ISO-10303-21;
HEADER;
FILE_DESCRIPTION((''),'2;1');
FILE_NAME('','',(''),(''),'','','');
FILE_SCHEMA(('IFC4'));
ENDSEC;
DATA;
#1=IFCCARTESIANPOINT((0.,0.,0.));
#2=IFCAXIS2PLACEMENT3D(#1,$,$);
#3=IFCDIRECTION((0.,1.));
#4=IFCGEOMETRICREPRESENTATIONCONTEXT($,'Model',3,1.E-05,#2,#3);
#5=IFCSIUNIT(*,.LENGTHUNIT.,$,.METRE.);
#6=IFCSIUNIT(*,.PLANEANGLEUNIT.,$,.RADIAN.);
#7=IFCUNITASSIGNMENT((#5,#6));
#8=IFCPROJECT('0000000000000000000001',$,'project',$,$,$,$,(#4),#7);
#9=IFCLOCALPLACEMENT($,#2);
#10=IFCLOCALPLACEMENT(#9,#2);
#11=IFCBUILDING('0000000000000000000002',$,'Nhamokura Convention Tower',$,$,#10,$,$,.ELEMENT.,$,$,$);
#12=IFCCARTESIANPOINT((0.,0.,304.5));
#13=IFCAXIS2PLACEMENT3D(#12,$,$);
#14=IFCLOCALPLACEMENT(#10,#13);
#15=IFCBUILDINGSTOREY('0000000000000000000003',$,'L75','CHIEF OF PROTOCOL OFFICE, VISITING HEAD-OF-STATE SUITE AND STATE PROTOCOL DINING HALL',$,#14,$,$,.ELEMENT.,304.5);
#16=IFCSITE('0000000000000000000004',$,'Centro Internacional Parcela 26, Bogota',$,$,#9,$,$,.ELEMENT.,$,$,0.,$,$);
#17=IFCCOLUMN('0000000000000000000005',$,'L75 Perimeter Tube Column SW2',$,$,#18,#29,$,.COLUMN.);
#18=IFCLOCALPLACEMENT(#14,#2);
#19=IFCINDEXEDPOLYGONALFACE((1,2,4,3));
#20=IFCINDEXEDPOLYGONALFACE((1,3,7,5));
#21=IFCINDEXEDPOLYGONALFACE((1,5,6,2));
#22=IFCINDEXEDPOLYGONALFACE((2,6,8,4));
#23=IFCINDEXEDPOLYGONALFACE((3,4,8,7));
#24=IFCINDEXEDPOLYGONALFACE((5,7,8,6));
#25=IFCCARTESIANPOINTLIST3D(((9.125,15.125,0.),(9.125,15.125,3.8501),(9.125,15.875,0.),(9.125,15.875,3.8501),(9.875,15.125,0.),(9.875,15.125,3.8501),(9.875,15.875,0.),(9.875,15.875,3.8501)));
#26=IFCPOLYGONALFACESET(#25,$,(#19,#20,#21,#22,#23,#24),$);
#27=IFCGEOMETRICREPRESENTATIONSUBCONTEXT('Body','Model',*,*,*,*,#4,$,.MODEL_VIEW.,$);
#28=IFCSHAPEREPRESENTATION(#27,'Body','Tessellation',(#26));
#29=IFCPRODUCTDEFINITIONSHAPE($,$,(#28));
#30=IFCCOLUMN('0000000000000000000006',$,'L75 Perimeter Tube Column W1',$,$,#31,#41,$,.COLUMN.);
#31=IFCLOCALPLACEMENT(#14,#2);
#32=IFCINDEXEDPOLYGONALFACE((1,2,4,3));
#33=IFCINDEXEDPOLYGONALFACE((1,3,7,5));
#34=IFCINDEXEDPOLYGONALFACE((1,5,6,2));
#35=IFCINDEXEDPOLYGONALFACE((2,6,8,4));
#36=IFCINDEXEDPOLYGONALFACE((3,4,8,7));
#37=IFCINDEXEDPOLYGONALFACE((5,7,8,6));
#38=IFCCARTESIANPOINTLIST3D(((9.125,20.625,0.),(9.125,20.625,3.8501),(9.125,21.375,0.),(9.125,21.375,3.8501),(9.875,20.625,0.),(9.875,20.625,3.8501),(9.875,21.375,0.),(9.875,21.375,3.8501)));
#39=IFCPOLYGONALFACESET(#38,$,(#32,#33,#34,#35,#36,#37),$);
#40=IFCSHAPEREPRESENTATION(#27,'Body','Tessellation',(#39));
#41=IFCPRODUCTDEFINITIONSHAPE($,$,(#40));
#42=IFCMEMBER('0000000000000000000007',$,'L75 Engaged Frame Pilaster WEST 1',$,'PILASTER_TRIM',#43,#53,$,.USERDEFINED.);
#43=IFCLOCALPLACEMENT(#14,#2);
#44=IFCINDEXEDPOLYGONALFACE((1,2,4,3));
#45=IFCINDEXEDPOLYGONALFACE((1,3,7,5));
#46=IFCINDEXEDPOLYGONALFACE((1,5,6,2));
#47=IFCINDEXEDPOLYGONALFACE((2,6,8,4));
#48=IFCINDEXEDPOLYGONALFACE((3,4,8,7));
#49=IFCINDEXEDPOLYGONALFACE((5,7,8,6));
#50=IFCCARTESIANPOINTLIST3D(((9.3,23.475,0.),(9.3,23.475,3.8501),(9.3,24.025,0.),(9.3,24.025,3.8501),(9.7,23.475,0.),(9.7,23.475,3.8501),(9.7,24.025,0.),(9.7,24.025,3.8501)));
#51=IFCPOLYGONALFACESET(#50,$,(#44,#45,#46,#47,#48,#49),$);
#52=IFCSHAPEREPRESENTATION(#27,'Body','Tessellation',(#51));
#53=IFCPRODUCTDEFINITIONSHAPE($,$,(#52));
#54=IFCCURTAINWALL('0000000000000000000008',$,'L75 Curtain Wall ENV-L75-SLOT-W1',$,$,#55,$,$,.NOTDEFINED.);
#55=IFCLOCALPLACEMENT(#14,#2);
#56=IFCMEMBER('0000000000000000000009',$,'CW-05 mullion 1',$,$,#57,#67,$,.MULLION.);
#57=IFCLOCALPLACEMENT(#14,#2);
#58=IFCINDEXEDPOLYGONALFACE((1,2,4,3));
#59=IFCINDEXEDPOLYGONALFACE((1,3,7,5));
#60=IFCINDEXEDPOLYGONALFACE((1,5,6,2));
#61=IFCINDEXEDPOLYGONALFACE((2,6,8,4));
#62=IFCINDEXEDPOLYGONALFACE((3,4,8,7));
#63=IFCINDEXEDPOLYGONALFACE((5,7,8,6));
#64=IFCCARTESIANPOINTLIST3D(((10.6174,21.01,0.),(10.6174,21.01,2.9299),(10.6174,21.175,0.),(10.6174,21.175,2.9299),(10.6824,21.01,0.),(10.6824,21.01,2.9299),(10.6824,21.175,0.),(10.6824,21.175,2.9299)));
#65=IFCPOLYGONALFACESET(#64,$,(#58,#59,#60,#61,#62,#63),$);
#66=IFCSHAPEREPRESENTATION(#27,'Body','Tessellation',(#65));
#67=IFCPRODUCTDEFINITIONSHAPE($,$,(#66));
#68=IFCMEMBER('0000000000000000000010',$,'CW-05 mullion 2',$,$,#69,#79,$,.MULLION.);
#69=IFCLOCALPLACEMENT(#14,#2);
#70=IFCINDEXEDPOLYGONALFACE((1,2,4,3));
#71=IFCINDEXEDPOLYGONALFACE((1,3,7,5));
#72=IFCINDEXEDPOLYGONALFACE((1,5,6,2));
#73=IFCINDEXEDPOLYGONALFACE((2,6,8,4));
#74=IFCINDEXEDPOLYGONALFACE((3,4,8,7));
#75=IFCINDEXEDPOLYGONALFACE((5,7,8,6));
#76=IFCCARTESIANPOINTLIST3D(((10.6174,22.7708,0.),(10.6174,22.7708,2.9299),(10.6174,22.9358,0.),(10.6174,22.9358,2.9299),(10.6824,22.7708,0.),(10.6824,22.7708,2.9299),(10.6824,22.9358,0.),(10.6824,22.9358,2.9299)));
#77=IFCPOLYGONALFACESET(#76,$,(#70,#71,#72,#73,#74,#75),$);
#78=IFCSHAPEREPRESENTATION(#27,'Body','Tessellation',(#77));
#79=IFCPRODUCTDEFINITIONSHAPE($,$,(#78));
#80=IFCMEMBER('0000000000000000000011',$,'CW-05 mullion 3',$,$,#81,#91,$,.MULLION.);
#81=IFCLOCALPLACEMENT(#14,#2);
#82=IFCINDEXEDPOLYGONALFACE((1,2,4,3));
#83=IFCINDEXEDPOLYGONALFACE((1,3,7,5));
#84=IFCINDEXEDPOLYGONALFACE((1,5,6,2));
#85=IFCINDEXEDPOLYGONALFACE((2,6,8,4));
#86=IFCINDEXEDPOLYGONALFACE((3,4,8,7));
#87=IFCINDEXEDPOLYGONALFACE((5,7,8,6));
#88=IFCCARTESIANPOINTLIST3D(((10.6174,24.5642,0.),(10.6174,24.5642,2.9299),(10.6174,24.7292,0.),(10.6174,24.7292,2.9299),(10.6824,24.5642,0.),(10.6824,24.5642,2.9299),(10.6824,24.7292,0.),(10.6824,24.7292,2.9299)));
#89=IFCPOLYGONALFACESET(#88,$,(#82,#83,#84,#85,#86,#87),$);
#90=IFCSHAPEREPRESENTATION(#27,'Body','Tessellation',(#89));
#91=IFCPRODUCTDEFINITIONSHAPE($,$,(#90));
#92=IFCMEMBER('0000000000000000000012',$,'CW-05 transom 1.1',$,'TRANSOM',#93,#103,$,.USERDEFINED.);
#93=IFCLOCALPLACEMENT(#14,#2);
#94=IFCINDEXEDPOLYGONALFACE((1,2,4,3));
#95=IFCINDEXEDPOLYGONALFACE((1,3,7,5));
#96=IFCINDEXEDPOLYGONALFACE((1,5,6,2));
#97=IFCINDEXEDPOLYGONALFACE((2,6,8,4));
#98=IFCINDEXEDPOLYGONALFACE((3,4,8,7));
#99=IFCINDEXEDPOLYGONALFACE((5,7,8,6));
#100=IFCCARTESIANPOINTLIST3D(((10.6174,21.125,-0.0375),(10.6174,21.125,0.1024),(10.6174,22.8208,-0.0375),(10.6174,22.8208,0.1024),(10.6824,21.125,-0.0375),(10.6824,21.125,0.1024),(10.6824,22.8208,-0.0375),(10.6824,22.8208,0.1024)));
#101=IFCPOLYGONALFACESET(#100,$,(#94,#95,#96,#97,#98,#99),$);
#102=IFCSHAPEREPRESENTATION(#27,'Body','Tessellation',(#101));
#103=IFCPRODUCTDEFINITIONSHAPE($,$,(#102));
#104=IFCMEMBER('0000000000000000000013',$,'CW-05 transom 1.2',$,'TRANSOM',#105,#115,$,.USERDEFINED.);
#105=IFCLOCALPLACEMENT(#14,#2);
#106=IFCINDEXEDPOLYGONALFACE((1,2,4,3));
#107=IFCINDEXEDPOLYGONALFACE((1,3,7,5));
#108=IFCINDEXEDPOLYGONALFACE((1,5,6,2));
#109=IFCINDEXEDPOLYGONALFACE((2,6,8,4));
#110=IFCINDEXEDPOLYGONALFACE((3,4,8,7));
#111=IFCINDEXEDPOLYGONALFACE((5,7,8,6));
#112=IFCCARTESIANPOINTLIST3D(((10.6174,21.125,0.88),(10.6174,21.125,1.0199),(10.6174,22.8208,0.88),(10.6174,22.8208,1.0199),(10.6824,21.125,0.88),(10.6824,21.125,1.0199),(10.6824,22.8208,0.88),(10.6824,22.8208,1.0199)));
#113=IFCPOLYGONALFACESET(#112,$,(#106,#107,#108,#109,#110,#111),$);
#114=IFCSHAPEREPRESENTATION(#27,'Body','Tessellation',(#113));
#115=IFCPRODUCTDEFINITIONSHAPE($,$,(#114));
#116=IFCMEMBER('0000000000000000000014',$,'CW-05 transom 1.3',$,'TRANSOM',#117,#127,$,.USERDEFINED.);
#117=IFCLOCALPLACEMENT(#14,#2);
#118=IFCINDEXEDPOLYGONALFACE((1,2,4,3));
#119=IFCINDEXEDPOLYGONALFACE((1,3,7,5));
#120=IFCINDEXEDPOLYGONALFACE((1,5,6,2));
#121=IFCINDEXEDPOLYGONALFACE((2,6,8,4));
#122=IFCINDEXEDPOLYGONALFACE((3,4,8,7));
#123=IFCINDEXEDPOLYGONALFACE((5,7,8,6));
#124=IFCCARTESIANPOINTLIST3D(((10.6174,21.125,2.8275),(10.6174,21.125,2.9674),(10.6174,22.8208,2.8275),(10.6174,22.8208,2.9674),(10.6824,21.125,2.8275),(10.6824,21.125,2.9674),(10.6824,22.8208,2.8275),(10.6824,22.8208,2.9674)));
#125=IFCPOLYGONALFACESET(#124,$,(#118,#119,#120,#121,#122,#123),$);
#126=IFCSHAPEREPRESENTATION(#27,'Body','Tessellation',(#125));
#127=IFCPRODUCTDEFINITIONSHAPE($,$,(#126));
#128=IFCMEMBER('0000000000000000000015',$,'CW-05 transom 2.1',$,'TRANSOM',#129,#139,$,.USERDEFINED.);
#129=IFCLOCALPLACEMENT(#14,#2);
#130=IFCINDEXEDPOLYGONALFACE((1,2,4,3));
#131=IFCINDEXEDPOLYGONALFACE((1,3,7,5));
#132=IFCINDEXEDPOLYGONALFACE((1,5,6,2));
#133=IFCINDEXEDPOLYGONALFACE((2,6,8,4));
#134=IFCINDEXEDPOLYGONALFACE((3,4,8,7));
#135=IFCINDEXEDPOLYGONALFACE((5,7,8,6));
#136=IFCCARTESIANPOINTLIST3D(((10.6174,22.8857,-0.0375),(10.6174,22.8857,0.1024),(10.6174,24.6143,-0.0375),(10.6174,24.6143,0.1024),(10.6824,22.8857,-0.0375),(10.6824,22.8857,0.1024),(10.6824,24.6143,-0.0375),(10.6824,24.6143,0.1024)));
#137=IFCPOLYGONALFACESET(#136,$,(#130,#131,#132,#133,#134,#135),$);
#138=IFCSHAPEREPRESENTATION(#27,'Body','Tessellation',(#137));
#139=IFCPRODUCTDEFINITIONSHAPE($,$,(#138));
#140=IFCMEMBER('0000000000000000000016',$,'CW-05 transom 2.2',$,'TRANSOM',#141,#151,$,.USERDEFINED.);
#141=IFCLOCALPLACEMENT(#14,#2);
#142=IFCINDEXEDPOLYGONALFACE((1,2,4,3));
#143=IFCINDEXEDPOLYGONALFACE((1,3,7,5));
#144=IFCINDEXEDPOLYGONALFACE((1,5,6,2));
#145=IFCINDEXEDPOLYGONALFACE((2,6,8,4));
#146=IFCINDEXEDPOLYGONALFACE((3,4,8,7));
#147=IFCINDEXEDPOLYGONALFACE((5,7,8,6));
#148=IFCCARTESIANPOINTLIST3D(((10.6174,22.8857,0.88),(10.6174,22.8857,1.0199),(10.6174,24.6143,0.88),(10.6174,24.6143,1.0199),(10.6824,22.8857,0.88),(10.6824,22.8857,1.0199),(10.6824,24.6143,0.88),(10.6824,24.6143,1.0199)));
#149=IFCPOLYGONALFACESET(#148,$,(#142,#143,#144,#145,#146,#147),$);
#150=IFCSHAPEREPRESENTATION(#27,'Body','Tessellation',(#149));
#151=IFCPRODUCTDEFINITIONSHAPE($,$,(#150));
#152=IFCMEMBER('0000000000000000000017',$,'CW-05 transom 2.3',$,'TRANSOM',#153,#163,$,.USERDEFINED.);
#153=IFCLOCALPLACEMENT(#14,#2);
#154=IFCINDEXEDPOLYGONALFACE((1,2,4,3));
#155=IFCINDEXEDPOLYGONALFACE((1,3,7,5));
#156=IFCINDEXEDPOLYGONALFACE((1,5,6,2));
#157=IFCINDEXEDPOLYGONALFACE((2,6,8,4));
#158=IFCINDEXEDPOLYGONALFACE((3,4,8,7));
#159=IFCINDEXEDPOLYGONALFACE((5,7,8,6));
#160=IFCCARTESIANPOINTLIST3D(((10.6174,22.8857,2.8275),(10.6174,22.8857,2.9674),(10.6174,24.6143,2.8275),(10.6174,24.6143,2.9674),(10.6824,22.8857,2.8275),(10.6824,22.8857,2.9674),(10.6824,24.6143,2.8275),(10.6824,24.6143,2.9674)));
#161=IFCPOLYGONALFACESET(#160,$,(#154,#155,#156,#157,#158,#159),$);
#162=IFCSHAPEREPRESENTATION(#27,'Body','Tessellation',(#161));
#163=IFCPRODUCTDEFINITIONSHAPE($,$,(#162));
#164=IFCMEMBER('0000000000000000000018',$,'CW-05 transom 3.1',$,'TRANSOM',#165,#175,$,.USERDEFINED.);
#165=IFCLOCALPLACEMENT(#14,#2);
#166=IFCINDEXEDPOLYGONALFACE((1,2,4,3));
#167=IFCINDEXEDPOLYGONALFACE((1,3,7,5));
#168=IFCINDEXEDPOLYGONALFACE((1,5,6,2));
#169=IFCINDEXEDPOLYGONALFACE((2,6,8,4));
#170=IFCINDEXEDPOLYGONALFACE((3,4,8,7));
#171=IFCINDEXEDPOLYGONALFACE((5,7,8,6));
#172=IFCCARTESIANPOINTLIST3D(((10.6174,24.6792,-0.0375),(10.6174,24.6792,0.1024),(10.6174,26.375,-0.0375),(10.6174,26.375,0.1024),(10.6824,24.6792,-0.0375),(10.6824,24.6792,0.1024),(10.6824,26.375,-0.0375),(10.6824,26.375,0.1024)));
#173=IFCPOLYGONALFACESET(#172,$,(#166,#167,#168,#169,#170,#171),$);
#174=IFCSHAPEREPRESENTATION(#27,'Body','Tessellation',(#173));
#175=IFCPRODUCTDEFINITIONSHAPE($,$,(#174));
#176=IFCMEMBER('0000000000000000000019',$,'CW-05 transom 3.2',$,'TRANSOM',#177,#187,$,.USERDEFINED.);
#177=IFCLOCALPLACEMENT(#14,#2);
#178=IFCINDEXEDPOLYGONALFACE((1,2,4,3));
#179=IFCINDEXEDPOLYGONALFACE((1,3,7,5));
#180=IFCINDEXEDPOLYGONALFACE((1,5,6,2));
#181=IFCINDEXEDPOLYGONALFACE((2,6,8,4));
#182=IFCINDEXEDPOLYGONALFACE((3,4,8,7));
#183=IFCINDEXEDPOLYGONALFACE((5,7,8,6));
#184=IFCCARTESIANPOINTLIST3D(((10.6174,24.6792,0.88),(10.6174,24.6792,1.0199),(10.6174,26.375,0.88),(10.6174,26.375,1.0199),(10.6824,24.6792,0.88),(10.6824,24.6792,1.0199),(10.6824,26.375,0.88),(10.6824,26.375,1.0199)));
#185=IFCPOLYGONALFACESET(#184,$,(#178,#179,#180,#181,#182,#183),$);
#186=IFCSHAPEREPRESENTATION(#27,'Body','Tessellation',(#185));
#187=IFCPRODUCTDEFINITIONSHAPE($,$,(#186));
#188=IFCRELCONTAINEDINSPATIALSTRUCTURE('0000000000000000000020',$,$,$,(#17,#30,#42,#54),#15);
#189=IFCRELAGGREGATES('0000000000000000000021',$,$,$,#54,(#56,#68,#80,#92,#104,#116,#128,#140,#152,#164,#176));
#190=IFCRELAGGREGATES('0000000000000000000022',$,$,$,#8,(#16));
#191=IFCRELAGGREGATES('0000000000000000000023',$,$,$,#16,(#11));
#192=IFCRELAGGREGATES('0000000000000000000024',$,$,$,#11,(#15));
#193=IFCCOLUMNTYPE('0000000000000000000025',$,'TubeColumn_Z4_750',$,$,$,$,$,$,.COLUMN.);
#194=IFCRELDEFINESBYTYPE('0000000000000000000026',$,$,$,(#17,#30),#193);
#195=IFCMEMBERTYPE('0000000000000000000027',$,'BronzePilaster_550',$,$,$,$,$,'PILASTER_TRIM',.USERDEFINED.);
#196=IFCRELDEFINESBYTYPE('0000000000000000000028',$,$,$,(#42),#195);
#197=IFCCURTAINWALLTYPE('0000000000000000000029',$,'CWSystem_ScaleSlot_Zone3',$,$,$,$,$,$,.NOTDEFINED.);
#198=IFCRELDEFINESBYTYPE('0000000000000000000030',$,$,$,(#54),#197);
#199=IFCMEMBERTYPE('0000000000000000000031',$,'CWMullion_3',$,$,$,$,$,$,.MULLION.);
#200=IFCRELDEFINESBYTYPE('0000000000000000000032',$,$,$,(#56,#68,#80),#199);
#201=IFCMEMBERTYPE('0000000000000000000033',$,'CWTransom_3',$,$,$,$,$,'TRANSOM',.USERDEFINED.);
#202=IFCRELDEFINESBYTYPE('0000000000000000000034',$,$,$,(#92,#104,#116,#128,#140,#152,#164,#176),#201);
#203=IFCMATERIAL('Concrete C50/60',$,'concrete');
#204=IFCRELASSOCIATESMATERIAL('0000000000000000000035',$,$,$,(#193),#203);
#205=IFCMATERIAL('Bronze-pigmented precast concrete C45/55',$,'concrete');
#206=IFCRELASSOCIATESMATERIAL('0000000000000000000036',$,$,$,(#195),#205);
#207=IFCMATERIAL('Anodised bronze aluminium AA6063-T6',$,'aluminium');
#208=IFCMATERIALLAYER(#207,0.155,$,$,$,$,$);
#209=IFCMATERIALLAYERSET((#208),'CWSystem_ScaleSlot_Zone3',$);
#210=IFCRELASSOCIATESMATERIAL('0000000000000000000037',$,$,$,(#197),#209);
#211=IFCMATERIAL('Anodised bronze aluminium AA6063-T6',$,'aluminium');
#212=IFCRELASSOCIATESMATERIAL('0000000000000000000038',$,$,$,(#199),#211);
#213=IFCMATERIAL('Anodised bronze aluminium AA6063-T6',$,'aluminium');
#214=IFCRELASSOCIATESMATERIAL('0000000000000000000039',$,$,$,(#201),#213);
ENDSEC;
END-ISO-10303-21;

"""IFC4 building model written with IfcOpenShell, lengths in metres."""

from ifc_helpers import new_model, si_unit, direction, frame, origin, origin_2d, place, context, subcontext, project, spatial, rectangle, extrude, material, layer, layer_set, material_profile, profile_set, type_object, element, aggregate, save


model = new_model("IFC4")

# Units and contexts
model_context = context("Model", 3, precision=1e-05, world=origin(), true_north=direction((0.0, 1.0)))
body_context = subcontext(model_context, "Body", "Model", "MODEL_VIEW")
ifc_project = project(units=[si_unit("LENGTHUNIT", "METRE"), si_unit("PLANEANGLEUNIT", "RADIAN")], contexts=[model_context])

# Site, building, storey
site_placement = place(None, origin())
site = spatial("IfcSite", under=ifc_project, at=site_placement, Name="Centro Internacional Parcela 26, Bogota", CompositionType="ELEMENT", RefElevation=0.0)
building_placement = place(site_placement, origin())
building = spatial("IfcBuilding", under=site, at=building_placement, Name="Nhamokura Convention Tower", CompositionType="ELEMENT")
storey_placement = place(building_placement, frame((0.0, 0.0, 304.5)))
storey = spatial("IfcBuildingStorey", under=building, at=storey_placement, Name="L75", Description="CHIEF OF PROTOCOL OFFICE, VISITING HEAD-OF-STATE SUITE AND STATE PROTOCOL DINING HALL", CompositionType="ELEMENT", Elevation=304.5)

# Columns
ifc_material_1 = material(Name="Concrete C50/60", Category="concrete")
ifc_material_profile_1 = material_profile(ifc_material_1, rectangle(XDim=0.75, YDim=0.75, at=origin_2d()))
ifc_profile_set_1 = profile_set([ifc_material_profile_1], Name="Concrete C50/60")
column_type = type_object("IfcColumnType", Name="TubeColumn_Z4_750", PredefinedType="COLUMN", material=ifc_profile_set_1)
for number, where, z_axis, x_axis, name in (
    (1, (9.5, 15.5, 0.0), (0.0, 0.0, 1.0), (1.0, 0.0, 0.0), "L75 Perimeter Tube Column SW2"),
    (2, (9.5, 21.0, 0.0), (0.0, 0.0, 1.0), (1.0, 0.0, 0.0), "L75 Perimeter Tube Column W1"),
):
    element("IfcColumn", number, at=place(storey_placement, frame(where, z_axis=z_axis, x_axis=x_axis)), inside=storey, type_object=column_type, Name=name, PredefinedType="COLUMN", context=body_context, shape_type="SweptSolid", body=[
        extrude(rectangle(XDim=0.75, YDim=0.75, at=origin_2d()), origin(), (0.0, 0.0, 1.0), 3.8501),
    ])

# Member
ifc_material_2 = material(Name="Bronze-pigmented precast concrete C45/55", Category="concrete")
ifc_material_profile_2 = material_profile(ifc_material_2, rectangle(XDim=0.3999, YDim=0.55, at=origin_2d()))
ifc_profile_set_2 = profile_set([ifc_material_profile_2], Name="Bronze-pigmented precast concrete C45/55")
member_type_1 = type_object("IfcMemberType", Name="BronzePilaster_550", ElementType="PILASTER_TRIM", PredefinedType="USERDEFINED", material=ifc_profile_set_2)
member_1_placement = place(storey_placement, frame((9.5, 23.75, 0.0), z_axis=(0.0, 0.0, 1.0), x_axis=(1.0, 0.0, 0.0)))
element("IfcMember", 3, at=member_1_placement, inside=storey, type_object=member_type_1, Name="L75 Engaged Frame Pilaster WEST 1", ObjectType="PILASTER_TRIM", PredefinedType="USERDEFINED", context=body_context, shape_type="SweptSolid", body=[
    extrude(rectangle(XDim=0.3999, YDim=0.55, at=origin_2d()), origin(), (0.0, 0.0, 1.0), 3.8501),
])

# Curtain wall, members
ifc_material_3 = material(Name="Anodised bronze aluminium AA6063-T6", Category="aluminium")
ifc_layer_1 = layer(ifc_material_3, 0.155)
ifc_layer_set_1 = layer_set([ifc_layer_1], Name="CWSystem_ScaleSlot_Zone3")
curtain_wall_type = type_object("IfcCurtainWallType", Name="CWSystem_ScaleSlot_Zone3", PredefinedType="NOTDEFINED", material=ifc_layer_set_1)
curtain_wall_placement = place(storey_placement, origin())
curtain_wall = element("IfcCurtainWall", 4, at=curtain_wall_placement, inside=storey, type_object=curtain_wall_type, Name="L75 Curtain Wall ENV-L75-SLOT-W1", PredefinedType="NOTDEFINED")
ifc_material_4 = material(Name="Anodised bronze aluminium AA6063-T6", Category="aluminium")
ifc_material_profile_3 = material_profile(ifc_material_4, rectangle(XDim=0.0649, YDim=0.165, at=origin_2d()))
ifc_profile_set_3 = profile_set([ifc_material_profile_3], Name="Anodised bronze aluminium AA6063-T6")
member_type_2 = type_object("IfcMemberType", Name="CWMullion_3", PredefinedType="MULLION", material=ifc_profile_set_3)
member_2_placement = place(storey_placement, frame((10.6499, 21.0925, 0.0), z_axis=(0.0, 0.0, 1.0), x_axis=(-1.0, 0.0, 0.0)))
member_2 = element("IfcMember", 5, at=member_2_placement, type_object=member_type_2, Name="CW-05 mullion 1", PredefinedType="MULLION", context=body_context, shape_type="SweptSolid", body=[
    extrude(rectangle(XDim=0.0649, YDim=0.165, at=origin_2d()), origin(), (0.0, 0.0, 1.0), 2.9299),
])
member_3_placement = place(storey_placement, frame((10.6499, 22.8533, 0.0), z_axis=(0.0, 0.0, 1.0), x_axis=(-1.0, 0.0, 0.0)))
member_3 = element("IfcMember", 6, at=member_3_placement, type_object=member_type_2, Name="CW-05 mullion 2", PredefinedType="MULLION", context=body_context, shape_type="SweptSolid", body=[
    extrude(rectangle(XDim=0.0649, YDim=0.165, at=origin_2d()), origin(), (0.0, 0.0, 1.0), 2.9299),
])
member_4_placement = place(storey_placement, frame((10.6499, 24.6467, 0.0), z_axis=(0.0, 0.0, 1.0), x_axis=(-1.0, 0.0, 0.0)))
member_4 = element("IfcMember", 7, at=member_4_placement, type_object=member_type_2, Name="CW-05 mullion 3", PredefinedType="MULLION", context=body_context, shape_type="SweptSolid", body=[
    extrude(rectangle(XDim=0.0649, YDim=0.165, at=origin_2d()), origin(), (0.0, 0.0, 1.0), 2.9299),
])
ifc_material_5 = material(Name="Anodised bronze aluminium AA6063-T6", Category="aluminium")
ifc_material_profile_4 = material_profile(ifc_material_5, rectangle(XDim=0.0649, YDim=0.1399, at=origin_2d()))
ifc_profile_set_4 = profile_set([ifc_material_profile_4], Name="Anodised bronze aluminium AA6063-T6")
member_type_3 = type_object("IfcMemberType", Name="CWTransom_3", ElementType="TRANSOM", PredefinedType="USERDEFINED", material=ifc_profile_set_4)
member_5_placement = place(storey_placement, frame((10.6499, 21.125, 0.0325), z_axis=(0.0, 1.0, 0.0), x_axis=(-1.0, 0.0, 0.0)))
member_5 = element("IfcMember", 8, at=member_5_placement, type_object=member_type_3, Name="CW-05 transom 1.1", ObjectType="TRANSOM", PredefinedType="USERDEFINED", context=body_context, shape_type="SweptSolid", body=[
    extrude(rectangle(XDim=0.0649, YDim=0.1399, at=origin_2d()), origin(), (0.0, 0.0, 1.0), 1.6958),
])
member_6_placement = place(storey_placement, frame((10.6499, 21.125, 0.95), z_axis=(0.0, 1.0, 0.0), x_axis=(-1.0, 0.0, 0.0)))
member_6 = element("IfcMember", 9, at=member_6_placement, type_object=member_type_3, Name="CW-05 transom 1.2", ObjectType="TRANSOM", PredefinedType="USERDEFINED", context=body_context, shape_type="SweptSolid", body=[
    extrude(rectangle(XDim=0.0649, YDim=0.1399, at=origin_2d()), origin(), (0.0, 0.0, 1.0), 1.6958),
])
member_7_placement = place(storey_placement, frame((10.6499, 21.125, 2.8975), z_axis=(0.0, 1.0, 0.0), x_axis=(-1.0, 0.0, 0.0)))
member_7 = element("IfcMember", 10, at=member_7_placement, type_object=member_type_3, Name="CW-05 transom 1.3", ObjectType="TRANSOM", PredefinedType="USERDEFINED", context=body_context, shape_type="SweptSolid", body=[
    extrude(rectangle(XDim=0.0649, YDim=0.1399, at=origin_2d()), origin(), (0.0, 0.0, 1.0), 1.6958),
])
member_8_placement = place(storey_placement, frame((10.6499, 22.8857, 0.0325), z_axis=(0.0, 1.0, 0.0), x_axis=(-1.0, 0.0, 0.0)))
member_8 = element("IfcMember", 11, at=member_8_placement, type_object=member_type_3, Name="CW-05 transom 2.1", ObjectType="TRANSOM", PredefinedType="USERDEFINED", context=body_context, shape_type="SweptSolid", body=[
    extrude(rectangle(XDim=0.0649, YDim=0.1399, at=origin_2d()), origin(), (0.0, 0.0, 1.0), 1.7285),
])
member_9_placement = place(storey_placement, frame((10.6499, 22.8857, 0.95), z_axis=(0.0, 1.0, 0.0), x_axis=(-1.0, 0.0, 0.0)))
member_9 = element("IfcMember", 12, at=member_9_placement, type_object=member_type_3, Name="CW-05 transom 2.2", ObjectType="TRANSOM", PredefinedType="USERDEFINED", context=body_context, shape_type="SweptSolid", body=[
    extrude(rectangle(XDim=0.0649, YDim=0.1399, at=origin_2d()), origin(), (0.0, 0.0, 1.0), 1.7285),
])
member_10_placement = place(storey_placement, frame((10.6499, 22.8857, 2.8975), z_axis=(0.0, 1.0, 0.0), x_axis=(-1.0, 0.0, 0.0)))
member_10 = element("IfcMember", 13, at=member_10_placement, type_object=member_type_3, Name="CW-05 transom 2.3", ObjectType="TRANSOM", PredefinedType="USERDEFINED", context=body_context, shape_type="SweptSolid", body=[
    extrude(rectangle(XDim=0.0649, YDim=0.1399, at=origin_2d()), origin(), (0.0, 0.0, 1.0), 1.7285),
])
member_11_placement = place(storey_placement, frame((10.6499, 24.6792, 0.0325), z_axis=(0.0, 1.0, 0.0), x_axis=(-1.0, 0.0, 0.0)))
member_11 = element("IfcMember", 14, at=member_11_placement, type_object=member_type_3, Name="CW-05 transom 3.1", ObjectType="TRANSOM", PredefinedType="USERDEFINED", context=body_context, shape_type="SweptSolid", body=[
    extrude(rectangle(XDim=0.0649, YDim=0.1399, at=origin_2d()), origin(), (0.0, 0.0, 1.0), 1.6958),
])
member_12_placement = place(storey_placement, frame((10.6499, 24.6792, 0.95), z_axis=(0.0, 1.0, 0.0), x_axis=(-1.0, 0.0, 0.0)))
member_12 = element("IfcMember", 15, at=member_12_placement, type_object=member_type_3, Name="CW-05 transom 3.2", ObjectType="TRANSOM", PredefinedType="USERDEFINED", context=body_context, shape_type="SweptSolid", body=[
    extrude(rectangle(XDim=0.0649, YDim=0.1399, at=origin_2d()), origin(), (0.0, 0.0, 1.0), 1.6958),
])

aggregate(curtain_wall, [member_2, member_3, member_4, member_5, member_6, member_7, member_8, member_9, member_10, member_11, member_12])

save(model, "model.ifc")
